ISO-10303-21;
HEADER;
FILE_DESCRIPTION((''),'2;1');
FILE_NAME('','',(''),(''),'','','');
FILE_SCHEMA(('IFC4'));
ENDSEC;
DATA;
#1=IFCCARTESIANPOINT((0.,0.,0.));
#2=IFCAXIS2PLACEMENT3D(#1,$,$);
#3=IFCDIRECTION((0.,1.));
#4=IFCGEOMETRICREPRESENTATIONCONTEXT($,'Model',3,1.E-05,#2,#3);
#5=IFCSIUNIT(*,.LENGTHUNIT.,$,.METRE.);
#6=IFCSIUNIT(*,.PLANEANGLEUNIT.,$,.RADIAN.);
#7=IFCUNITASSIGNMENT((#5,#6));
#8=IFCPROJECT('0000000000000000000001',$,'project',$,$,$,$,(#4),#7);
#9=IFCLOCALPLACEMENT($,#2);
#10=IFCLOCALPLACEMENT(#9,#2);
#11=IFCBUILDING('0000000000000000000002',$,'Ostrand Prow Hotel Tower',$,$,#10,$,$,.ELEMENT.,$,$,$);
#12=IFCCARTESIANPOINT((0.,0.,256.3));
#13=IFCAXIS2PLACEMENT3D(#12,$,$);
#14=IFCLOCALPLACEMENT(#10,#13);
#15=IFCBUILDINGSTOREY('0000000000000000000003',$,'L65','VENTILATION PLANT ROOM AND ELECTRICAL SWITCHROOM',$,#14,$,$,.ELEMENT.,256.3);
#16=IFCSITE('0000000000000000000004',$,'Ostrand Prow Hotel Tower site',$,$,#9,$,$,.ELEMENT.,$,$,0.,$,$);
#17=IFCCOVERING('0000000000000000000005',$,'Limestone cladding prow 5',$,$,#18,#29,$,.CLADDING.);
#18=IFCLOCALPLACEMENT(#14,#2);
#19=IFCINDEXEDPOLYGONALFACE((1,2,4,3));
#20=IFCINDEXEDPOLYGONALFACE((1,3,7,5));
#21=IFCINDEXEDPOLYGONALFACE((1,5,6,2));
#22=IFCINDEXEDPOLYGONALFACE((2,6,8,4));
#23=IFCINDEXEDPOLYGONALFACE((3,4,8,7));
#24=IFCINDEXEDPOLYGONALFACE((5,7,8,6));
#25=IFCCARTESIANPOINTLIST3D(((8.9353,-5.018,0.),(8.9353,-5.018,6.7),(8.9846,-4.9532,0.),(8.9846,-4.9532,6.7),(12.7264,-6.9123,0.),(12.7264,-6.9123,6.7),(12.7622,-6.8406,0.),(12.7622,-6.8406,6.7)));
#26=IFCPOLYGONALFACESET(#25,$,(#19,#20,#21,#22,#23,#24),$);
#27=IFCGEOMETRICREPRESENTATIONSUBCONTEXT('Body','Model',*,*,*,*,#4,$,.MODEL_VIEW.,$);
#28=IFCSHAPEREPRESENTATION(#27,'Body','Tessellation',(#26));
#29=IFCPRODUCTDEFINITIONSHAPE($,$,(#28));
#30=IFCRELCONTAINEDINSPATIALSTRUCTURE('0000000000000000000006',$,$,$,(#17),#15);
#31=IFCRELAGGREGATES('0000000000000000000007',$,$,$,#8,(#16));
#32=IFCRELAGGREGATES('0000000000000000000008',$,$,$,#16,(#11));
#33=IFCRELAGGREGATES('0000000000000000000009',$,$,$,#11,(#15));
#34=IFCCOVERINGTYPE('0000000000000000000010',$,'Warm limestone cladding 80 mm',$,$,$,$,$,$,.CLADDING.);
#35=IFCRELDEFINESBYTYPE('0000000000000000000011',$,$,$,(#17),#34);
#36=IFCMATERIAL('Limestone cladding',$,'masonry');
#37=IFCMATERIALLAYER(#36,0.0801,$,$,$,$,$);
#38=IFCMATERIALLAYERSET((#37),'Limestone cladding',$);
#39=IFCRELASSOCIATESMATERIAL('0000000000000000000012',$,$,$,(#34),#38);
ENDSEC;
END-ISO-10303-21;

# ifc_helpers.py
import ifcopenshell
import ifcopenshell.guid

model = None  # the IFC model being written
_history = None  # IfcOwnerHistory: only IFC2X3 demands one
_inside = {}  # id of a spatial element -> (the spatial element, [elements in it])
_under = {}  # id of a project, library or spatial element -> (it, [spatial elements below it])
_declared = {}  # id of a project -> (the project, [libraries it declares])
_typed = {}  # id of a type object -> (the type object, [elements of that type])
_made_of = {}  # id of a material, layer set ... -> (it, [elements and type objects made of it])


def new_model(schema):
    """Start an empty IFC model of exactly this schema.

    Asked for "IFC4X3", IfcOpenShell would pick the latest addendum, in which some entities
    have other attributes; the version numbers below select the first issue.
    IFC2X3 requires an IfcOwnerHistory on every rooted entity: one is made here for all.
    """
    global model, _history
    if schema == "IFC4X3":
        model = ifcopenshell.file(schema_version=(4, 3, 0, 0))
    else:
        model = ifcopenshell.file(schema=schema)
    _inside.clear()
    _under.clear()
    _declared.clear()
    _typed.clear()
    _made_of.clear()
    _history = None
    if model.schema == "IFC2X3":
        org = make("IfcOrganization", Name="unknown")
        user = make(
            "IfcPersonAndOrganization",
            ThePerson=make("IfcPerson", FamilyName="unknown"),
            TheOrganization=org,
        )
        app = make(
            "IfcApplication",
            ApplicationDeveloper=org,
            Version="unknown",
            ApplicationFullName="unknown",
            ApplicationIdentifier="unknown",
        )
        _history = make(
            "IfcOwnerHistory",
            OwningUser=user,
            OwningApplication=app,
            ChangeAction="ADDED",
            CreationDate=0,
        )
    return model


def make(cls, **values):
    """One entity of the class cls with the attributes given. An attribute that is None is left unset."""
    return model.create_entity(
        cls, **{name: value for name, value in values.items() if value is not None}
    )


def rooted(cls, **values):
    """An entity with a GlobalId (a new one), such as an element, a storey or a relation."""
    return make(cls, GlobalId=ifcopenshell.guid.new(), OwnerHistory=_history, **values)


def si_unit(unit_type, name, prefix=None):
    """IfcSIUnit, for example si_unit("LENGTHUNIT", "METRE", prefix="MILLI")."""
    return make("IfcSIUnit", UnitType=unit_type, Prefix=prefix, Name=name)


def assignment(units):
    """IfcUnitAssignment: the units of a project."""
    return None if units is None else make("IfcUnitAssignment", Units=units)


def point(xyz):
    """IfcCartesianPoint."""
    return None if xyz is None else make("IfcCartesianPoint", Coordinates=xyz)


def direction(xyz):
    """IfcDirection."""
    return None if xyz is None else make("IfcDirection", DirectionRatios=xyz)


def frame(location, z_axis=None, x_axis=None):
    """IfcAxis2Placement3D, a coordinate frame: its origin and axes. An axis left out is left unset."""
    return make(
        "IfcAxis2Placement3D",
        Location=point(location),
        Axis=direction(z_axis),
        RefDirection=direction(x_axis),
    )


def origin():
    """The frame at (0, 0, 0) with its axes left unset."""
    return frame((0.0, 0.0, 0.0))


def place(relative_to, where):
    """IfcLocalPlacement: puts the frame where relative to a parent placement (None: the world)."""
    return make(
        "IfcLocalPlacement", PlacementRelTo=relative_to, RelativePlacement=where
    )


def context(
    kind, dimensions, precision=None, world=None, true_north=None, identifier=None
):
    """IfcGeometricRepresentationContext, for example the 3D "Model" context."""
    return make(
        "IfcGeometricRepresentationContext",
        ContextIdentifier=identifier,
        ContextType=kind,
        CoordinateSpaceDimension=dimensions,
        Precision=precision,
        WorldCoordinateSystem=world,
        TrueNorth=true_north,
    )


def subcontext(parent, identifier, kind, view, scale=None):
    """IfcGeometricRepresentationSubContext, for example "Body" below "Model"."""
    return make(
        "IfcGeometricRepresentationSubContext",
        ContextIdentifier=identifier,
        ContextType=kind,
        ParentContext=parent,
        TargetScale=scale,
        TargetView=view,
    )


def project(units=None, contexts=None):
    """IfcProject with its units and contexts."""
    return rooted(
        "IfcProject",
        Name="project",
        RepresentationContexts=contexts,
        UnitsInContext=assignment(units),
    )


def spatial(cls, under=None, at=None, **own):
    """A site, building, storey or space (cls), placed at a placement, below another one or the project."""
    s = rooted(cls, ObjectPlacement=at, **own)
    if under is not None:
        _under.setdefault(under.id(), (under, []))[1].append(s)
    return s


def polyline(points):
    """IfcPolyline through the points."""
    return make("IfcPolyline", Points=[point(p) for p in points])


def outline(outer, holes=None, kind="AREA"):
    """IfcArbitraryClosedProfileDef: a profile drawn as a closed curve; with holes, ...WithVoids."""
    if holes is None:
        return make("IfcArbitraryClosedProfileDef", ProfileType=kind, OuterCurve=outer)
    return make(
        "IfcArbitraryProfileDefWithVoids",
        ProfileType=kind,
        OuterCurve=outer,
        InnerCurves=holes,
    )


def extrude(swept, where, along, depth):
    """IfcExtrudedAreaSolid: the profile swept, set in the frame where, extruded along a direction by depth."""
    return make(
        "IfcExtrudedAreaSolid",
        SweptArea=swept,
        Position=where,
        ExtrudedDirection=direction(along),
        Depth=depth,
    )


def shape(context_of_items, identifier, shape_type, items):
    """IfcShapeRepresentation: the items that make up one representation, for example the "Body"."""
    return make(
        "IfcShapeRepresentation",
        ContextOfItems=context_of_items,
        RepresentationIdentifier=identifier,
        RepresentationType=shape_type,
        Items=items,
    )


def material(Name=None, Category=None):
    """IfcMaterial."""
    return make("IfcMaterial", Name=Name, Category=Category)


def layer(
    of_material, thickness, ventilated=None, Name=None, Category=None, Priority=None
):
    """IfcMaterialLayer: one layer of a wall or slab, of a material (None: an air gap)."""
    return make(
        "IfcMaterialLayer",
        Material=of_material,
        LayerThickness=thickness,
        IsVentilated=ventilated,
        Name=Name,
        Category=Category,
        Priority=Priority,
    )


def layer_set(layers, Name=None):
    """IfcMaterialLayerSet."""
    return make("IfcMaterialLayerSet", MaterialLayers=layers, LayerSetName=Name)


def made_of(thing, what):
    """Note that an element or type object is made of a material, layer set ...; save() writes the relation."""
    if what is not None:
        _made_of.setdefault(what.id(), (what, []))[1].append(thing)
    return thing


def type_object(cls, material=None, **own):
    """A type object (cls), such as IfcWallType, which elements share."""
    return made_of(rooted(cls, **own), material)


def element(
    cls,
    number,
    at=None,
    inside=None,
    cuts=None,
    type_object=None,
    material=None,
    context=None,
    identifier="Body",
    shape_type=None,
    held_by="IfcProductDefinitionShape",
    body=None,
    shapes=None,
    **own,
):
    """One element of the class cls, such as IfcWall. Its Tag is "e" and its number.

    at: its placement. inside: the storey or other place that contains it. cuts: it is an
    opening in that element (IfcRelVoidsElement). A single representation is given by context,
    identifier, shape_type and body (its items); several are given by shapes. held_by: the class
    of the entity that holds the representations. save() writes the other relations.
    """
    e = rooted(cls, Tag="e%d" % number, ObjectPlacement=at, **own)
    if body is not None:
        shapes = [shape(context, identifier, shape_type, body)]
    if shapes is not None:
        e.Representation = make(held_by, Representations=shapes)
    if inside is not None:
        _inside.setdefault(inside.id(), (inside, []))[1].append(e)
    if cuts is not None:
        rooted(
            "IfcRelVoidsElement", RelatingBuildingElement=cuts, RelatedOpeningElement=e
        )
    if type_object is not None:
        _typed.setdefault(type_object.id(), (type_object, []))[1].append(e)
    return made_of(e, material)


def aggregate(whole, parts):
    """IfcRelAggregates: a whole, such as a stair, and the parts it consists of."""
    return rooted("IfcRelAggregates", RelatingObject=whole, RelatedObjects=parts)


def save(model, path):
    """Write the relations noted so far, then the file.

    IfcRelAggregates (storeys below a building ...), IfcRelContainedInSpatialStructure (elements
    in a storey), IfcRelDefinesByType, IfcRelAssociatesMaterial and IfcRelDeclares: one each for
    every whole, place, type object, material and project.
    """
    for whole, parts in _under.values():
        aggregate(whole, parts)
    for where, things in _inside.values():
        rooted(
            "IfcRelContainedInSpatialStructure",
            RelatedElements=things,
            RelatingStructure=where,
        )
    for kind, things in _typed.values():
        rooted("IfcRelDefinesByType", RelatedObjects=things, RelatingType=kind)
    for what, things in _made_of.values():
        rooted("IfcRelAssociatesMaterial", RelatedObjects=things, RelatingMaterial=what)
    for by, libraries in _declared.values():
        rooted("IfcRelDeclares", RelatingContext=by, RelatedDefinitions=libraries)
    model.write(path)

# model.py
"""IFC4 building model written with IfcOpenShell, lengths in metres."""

from ifc_helpers import new_model, si_unit, direction, frame, origin, place, context, subcontext, project, spatial, polyline, outline, extrude, material, layer, layer_set, type_object, element, save


model = new_model("IFC4")

# Units and contexts
model_context = context("Model", 3, precision=1e-05, world=origin(), true_north=direction((0.0, 1.0)))
body_context = subcontext(model_context, "Body", "Model", "MODEL_VIEW")
ifc_project = project(units=[si_unit("LENGTHUNIT", "METRE"), si_unit("PLANEANGLEUNIT", "RADIAN")], contexts=[model_context])

# Site, building, storey
site_placement = place(None, origin())
site = spatial("IfcSite", under=ifc_project, at=site_placement, Name="Ostrand Prow Hotel Tower site", CompositionType="ELEMENT", RefElevation=0.0)
building_placement = place(site_placement, origin())
building = spatial("IfcBuilding", under=site, at=building_placement, Name="Ostrand Prow Hotel Tower", CompositionType="ELEMENT")
storey_placement = place(building_placement, frame((0.0, 0.0, 256.3)))
storey = spatial("IfcBuildingStorey", under=building, at=storey_placement, Name="L65", Description="VENTILATION PLANT ROOM AND ELECTRICAL SWITCHROOM", CompositionType="ELEMENT", Elevation=256.3)

# Covering
ifc_material_1 = material(Name="Limestone cladding", Category="masonry")
ifc_layer_1 = layer(ifc_material_1, 0.0801)
ifc_layer_set_1 = layer_set([ifc_layer_1], Name="Limestone cladding")
covering_type_1 = type_object("IfcCoveringType", Name="Warm limestone cladding 80 mm", PredefinedType="CLADDING", material=ifc_layer_set_1)
covering_1_placement = place(storey_placement, frame((8.96, -4.9856, 0.0), z_axis=(0.0, 0.0, 1.0), x_axis=(0.894554, -0.44696, 0.0)))
element("IfcCovering", 1, at=covering_1_placement, inside=storey, type_object=covering_type_1, Name="Limestone cladding prow 5", PredefinedType="CLADDING", context=body_context, shape_type="SweptSolid", body=[
    extrude(outline(polyline([(-0.0076, -0.04), (4.2305, -0.04), (4.2305, 0.04), (0.0076, 0.04), (-0.0076, -0.04)])), origin(), (0.0, 0.0, 1.0), 6.7),
])

save(model, "model.ifc")
